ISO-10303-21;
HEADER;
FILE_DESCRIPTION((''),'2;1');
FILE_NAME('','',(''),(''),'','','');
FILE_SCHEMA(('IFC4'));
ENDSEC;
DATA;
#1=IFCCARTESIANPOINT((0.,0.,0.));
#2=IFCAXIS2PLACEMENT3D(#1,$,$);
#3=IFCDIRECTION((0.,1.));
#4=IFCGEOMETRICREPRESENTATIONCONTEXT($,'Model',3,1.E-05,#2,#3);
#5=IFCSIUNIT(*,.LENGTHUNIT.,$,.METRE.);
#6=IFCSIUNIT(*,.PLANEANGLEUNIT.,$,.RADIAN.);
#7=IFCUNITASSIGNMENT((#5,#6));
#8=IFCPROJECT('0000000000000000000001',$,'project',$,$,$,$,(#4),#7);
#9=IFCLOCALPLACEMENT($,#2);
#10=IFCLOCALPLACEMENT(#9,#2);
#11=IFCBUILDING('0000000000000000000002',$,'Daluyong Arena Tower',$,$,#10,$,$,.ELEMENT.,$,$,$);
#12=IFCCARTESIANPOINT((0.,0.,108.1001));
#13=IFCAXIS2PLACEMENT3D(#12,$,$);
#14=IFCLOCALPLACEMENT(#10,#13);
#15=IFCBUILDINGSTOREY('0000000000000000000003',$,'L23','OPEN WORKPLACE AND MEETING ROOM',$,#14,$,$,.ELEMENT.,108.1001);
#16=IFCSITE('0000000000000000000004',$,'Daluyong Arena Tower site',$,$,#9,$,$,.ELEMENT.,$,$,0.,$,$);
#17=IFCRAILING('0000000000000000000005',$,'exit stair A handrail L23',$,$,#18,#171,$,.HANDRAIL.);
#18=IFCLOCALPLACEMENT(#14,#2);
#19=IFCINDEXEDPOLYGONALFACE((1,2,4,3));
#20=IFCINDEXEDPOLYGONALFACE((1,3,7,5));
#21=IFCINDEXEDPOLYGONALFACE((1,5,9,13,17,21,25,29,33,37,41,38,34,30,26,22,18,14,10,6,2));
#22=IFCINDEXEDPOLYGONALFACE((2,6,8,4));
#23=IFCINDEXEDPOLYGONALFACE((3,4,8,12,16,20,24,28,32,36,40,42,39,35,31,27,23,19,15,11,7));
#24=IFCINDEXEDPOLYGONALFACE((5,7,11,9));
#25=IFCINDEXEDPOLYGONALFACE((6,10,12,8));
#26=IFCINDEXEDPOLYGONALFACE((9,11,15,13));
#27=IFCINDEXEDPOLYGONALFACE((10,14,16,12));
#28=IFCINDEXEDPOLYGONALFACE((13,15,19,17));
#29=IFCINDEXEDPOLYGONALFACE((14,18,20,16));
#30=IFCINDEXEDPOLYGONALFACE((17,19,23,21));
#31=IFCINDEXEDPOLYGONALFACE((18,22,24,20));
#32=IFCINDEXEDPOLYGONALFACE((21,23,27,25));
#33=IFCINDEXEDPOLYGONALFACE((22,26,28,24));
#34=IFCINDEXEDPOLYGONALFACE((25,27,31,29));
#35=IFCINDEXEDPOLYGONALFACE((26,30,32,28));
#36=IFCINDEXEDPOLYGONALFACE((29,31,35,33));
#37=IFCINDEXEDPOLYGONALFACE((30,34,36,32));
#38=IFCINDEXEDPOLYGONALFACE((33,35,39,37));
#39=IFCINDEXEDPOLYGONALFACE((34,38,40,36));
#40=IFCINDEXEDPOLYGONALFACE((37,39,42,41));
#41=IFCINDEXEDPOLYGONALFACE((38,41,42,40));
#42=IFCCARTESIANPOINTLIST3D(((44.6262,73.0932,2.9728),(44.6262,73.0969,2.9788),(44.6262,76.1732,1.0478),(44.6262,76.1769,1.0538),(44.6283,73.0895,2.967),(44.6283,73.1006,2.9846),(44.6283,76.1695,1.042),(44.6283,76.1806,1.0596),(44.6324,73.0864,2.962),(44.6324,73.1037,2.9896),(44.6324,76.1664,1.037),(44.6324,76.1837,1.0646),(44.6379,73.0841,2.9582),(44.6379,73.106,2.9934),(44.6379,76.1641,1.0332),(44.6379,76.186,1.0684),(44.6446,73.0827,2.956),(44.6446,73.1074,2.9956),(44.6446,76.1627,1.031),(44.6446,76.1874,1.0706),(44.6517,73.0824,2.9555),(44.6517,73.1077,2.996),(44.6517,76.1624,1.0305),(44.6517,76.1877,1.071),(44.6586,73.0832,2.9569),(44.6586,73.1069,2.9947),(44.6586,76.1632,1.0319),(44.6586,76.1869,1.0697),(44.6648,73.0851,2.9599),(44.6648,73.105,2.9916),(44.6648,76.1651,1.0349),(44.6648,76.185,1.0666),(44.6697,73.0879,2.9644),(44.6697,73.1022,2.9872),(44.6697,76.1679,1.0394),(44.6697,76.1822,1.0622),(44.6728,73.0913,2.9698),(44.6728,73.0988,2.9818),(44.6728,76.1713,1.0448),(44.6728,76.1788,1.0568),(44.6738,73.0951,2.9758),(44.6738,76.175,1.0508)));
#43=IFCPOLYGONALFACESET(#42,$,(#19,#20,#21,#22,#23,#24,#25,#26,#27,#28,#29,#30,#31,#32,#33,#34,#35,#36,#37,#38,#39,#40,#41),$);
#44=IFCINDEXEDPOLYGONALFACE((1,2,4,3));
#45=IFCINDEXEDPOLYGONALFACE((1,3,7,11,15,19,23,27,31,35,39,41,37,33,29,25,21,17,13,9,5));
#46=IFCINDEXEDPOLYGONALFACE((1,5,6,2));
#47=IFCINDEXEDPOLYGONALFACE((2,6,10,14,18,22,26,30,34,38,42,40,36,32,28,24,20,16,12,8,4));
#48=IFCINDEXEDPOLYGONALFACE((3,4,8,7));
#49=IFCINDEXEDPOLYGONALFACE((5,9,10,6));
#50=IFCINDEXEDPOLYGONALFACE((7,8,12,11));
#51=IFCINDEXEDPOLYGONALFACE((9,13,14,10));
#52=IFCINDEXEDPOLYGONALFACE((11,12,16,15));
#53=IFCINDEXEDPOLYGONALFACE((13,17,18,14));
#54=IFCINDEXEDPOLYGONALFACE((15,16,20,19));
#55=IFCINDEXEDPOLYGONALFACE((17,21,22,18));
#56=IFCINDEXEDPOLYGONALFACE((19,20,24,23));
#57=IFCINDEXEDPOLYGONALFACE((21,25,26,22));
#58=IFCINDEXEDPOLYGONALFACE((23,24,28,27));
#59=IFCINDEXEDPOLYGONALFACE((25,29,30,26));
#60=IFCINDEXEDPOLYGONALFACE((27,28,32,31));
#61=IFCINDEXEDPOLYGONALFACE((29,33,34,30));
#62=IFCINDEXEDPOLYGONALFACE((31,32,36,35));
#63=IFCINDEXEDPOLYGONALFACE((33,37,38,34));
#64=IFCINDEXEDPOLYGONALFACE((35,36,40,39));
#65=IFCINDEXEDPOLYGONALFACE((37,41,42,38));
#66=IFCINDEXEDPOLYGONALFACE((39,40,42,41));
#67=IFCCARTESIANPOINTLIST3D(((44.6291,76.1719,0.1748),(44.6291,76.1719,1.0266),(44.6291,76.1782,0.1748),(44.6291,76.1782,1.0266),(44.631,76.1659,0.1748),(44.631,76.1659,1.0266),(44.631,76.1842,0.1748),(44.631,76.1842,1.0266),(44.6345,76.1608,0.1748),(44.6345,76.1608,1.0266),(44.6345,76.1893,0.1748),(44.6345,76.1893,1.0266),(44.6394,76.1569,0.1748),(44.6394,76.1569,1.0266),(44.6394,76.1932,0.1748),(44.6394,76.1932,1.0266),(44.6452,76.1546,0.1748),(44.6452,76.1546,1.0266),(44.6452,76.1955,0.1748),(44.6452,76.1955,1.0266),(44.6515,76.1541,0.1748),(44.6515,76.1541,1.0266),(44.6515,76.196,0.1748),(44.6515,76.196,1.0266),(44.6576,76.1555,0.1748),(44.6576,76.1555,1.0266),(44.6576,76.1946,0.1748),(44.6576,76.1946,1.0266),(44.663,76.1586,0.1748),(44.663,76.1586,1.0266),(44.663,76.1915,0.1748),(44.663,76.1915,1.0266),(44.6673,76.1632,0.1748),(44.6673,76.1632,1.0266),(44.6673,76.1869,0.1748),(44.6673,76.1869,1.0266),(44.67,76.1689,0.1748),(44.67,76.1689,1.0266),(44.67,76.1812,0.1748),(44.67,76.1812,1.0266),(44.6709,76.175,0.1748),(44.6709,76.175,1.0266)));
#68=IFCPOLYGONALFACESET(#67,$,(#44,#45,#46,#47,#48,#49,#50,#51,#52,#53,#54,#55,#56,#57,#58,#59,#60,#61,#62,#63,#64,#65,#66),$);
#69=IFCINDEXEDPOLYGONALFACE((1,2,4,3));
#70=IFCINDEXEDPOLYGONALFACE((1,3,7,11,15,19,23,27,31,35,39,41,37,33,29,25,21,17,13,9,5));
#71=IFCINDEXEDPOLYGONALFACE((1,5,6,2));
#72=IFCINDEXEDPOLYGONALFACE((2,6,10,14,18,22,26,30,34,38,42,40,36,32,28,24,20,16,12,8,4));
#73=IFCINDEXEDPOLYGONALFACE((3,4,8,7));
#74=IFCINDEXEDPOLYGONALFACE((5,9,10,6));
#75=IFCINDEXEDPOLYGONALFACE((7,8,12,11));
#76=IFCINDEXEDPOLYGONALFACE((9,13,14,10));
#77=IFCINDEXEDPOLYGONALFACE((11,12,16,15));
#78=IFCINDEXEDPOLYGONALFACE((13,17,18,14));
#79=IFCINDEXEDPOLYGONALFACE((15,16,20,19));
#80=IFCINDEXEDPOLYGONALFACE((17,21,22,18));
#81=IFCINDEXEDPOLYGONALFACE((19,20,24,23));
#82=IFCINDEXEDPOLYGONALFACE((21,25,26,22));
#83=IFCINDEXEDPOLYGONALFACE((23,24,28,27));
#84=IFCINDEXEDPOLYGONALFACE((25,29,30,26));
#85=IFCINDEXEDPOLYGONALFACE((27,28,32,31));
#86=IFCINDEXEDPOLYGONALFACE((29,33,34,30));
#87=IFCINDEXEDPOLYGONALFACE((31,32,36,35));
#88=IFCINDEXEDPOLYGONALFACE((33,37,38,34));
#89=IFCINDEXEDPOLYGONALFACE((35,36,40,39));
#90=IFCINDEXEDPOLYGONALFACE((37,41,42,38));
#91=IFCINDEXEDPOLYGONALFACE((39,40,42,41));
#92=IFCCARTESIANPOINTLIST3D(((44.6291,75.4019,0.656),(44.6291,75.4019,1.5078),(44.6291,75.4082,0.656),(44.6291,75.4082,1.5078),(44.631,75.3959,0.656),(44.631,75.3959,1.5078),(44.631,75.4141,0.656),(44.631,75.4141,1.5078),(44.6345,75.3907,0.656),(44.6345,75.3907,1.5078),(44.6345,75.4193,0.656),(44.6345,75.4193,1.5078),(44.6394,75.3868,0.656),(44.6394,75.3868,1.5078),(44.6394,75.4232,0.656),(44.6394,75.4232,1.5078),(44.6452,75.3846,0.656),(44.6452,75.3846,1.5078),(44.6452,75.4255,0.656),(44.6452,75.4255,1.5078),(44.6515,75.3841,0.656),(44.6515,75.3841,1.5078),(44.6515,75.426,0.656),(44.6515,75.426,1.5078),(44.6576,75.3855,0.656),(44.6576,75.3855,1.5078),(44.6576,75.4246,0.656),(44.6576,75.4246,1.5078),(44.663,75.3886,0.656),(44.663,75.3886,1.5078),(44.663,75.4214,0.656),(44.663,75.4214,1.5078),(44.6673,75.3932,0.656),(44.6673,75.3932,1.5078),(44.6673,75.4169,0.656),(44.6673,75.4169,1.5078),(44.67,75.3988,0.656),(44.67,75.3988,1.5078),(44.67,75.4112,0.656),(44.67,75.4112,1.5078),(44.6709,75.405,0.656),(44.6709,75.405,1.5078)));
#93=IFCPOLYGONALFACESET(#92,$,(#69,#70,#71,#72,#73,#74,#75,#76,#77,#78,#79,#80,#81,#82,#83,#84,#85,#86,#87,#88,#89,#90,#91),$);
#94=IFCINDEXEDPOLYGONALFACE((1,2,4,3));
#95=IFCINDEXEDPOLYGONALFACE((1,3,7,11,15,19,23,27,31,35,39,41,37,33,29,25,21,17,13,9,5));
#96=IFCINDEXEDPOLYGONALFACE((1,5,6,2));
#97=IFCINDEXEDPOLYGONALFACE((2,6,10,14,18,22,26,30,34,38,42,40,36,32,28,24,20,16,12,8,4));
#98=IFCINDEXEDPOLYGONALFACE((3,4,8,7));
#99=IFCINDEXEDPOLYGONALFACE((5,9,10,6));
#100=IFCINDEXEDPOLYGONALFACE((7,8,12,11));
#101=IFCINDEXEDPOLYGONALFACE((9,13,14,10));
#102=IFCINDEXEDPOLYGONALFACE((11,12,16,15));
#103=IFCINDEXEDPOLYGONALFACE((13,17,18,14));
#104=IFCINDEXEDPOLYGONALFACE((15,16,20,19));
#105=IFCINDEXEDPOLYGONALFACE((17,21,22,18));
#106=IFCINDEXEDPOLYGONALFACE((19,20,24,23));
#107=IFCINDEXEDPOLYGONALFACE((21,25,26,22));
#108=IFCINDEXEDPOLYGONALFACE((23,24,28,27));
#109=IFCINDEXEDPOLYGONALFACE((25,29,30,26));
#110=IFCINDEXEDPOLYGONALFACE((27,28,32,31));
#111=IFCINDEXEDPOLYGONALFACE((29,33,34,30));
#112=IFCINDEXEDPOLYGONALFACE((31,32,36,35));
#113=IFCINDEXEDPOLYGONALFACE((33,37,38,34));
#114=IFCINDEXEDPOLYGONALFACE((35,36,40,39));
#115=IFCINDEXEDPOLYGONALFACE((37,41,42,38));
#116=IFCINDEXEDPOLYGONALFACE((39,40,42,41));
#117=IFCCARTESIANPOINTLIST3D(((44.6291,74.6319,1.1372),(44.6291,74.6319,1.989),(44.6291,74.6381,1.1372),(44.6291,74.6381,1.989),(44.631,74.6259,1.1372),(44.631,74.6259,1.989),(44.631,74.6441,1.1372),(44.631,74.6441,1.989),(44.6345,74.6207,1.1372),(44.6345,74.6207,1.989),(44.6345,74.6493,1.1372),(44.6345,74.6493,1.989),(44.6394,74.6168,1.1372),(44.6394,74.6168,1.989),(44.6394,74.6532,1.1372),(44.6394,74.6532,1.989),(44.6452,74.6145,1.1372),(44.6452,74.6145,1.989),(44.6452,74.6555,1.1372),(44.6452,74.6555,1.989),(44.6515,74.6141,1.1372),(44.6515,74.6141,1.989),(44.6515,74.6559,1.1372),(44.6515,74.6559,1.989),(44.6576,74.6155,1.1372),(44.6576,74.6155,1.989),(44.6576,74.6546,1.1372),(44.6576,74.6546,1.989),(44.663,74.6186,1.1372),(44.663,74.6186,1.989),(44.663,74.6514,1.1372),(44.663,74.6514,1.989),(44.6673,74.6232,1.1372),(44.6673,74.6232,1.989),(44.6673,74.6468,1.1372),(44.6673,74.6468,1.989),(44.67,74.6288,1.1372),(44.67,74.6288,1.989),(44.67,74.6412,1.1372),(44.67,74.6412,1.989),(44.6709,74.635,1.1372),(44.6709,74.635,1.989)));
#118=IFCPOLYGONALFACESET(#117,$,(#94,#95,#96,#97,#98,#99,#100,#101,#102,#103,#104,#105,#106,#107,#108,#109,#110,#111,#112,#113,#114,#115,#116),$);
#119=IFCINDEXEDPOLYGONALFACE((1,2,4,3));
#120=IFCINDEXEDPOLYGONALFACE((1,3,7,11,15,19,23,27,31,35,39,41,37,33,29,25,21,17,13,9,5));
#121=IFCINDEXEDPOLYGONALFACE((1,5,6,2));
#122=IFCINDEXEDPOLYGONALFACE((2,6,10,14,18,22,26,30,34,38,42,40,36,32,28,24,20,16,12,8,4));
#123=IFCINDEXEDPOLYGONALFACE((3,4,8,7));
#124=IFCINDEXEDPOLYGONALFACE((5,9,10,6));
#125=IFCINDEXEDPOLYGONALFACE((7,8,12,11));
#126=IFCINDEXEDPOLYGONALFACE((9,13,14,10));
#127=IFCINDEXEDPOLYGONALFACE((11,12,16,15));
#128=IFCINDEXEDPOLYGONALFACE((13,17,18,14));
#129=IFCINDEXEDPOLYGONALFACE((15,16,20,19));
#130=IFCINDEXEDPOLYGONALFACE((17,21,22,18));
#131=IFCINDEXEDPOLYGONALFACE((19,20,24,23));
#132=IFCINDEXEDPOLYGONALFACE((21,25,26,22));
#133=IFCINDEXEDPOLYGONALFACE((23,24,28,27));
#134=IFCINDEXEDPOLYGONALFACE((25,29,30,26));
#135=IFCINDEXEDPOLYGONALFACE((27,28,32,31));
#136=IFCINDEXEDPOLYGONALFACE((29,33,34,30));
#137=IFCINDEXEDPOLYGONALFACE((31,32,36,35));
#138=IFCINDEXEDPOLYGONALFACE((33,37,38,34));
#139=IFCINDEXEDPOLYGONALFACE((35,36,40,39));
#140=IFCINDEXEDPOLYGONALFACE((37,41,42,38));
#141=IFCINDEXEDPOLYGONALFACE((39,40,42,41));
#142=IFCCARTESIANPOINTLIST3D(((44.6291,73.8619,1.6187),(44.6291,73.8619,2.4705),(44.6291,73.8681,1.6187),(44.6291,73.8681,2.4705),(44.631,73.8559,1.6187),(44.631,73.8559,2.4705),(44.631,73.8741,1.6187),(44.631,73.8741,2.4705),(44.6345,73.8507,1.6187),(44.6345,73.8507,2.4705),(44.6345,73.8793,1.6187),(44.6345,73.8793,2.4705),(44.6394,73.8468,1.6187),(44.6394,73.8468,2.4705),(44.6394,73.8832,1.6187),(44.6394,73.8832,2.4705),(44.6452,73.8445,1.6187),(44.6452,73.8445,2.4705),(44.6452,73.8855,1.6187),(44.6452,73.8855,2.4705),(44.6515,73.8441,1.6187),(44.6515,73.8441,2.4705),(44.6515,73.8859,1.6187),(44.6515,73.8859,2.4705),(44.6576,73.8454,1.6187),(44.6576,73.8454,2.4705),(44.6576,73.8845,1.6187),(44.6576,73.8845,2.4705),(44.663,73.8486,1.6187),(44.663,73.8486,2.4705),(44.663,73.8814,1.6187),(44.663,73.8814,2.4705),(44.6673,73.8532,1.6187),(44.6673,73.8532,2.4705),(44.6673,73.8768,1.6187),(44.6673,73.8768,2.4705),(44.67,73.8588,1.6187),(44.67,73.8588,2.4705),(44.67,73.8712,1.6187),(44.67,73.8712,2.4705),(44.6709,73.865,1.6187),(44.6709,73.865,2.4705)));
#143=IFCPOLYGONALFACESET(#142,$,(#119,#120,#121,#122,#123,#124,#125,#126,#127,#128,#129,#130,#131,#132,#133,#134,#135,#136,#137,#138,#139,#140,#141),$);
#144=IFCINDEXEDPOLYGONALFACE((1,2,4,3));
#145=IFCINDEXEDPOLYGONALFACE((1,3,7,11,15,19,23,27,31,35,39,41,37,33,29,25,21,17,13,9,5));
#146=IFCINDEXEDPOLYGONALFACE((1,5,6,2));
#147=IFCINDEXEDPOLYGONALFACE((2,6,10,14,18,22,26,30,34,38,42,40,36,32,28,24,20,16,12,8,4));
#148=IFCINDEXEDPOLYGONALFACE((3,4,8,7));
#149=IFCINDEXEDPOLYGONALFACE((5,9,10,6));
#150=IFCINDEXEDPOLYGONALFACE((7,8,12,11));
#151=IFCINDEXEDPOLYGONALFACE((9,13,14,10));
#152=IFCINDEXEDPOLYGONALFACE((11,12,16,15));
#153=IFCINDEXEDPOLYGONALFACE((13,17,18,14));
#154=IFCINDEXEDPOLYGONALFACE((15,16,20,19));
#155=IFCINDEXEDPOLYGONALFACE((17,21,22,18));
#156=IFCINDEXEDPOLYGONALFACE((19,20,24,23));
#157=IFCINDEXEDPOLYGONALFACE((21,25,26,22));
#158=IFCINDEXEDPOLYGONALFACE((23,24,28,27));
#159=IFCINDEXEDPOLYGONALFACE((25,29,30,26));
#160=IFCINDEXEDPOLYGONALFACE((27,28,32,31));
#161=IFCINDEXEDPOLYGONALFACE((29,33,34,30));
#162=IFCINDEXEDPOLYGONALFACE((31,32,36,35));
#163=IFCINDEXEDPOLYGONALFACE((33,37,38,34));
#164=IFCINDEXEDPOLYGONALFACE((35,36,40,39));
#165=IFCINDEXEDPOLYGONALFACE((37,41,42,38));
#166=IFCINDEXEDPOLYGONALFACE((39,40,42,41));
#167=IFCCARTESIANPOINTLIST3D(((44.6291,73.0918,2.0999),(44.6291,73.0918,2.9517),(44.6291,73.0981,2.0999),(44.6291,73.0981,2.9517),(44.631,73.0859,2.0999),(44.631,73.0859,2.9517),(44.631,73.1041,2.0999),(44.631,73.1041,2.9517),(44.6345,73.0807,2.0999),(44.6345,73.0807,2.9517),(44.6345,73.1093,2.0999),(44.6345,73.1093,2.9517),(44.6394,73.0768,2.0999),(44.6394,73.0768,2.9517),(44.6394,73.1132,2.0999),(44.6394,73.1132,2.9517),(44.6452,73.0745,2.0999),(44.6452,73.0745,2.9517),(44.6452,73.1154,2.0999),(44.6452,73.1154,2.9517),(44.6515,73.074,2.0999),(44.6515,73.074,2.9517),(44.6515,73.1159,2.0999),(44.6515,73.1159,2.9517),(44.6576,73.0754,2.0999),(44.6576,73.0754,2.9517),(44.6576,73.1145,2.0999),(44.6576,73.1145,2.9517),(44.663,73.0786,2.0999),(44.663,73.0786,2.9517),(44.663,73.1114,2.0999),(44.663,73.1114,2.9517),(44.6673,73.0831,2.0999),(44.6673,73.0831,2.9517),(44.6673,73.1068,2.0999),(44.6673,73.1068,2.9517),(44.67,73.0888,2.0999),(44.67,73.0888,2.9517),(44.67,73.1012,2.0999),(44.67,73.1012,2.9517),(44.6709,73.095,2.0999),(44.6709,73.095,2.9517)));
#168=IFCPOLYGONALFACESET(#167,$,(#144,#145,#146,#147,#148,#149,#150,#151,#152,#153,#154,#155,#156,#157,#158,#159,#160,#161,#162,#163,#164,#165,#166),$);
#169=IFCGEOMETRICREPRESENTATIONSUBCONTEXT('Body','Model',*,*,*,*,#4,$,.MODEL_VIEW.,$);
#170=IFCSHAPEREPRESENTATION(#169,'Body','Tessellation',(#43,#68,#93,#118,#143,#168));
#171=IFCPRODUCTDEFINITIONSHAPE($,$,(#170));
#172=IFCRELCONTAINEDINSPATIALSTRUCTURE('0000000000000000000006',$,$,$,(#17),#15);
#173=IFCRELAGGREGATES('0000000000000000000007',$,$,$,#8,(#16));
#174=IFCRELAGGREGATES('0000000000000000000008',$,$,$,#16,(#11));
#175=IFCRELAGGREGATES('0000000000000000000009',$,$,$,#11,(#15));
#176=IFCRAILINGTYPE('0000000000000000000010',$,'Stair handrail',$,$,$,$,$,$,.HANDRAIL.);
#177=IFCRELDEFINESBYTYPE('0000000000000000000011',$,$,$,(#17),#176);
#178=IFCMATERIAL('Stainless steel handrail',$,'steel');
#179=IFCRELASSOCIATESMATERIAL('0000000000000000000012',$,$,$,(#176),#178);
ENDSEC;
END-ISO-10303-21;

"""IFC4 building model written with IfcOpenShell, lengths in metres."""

from ifc_helpers import new_model, si_unit, direction, frame, origin, origin_2d, place, context, subcontext, project, spatial, circle, extrude, material, type_object, element, save


model = new_model("IFC4")

# Units and contexts
model_context = context("Model", 3, precision=1e-05, world=origin(), true_north=direction((0.0, 1.0)))
body_context = subcontext(model_context, "Body", "Model", "MODEL_VIEW")
ifc_project = project(units=[si_unit("LENGTHUNIT", "METRE"), si_unit("PLANEANGLEUNIT", "RADIAN")], contexts=[model_context])

# Site, building, storey
site_placement = place(None, origin())
site = spatial("IfcSite", under=ifc_project, at=site_placement, Name="Daluyong Arena Tower site", CompositionType="ELEMENT", RefElevation=0.0)
building_placement = place(site_placement, origin())
building = spatial("IfcBuilding", under=site, at=building_placement, Name="Daluyong Arena Tower", CompositionType="ELEMENT")
storey_placement = place(building_placement, frame((0.0, 0.0, 108.1001)))
storey = spatial("IfcBuildingStorey", under=building, at=storey_placement, Name="L23", Description="OPEN WORKPLACE AND MEETING ROOM", CompositionType="ELEMENT", Elevation=108.1001)

# Railing
ifc_material_1 = material(Name="Stainless steel handrail", Category="steel")
railing_type_1 = type_object("IfcRailingType", Name="Stair handrail", PredefinedType="HANDRAIL", material=ifc_material_1)
railing_1_placement = place(storey_placement, frame((44.6499, 76.175, 0.1748)))
element("IfcRailing", 1, at=railing_1_placement, inside=storey, type_object=railing_type_1, Name="exit stair A handrail L23", PredefinedType="HANDRAIL", context=body_context, shape_type="SweptSolid", body=[
    extrude(circle(Radius=0.0239, at=origin_2d()), frame((0.0, 0.0, 0.876), z_axis=(0.0, -0.847998, 0.529999), x_axis=(1.0, 0.0, 0.0)), (0.0, 0.0, 1.0), 3.6321),
    extrude(circle(Radius=0.021, at=origin_2d()), origin(), (0.0, 0.0, 1.0), 0.8518),
    extrude(circle(Radius=0.021, at=origin_2d()), frame((0.0, -0.77, 0.4812)), (0.0, 0.0, 1.0), 0.8518),
    extrude(circle(Radius=0.021, at=origin_2d()), frame((0.0, -1.54, 0.9624)), (0.0, 0.0, 1.0), 0.8518),
    extrude(circle(Radius=0.021, at=origin_2d()), frame((0.0, -2.3101, 1.4438)), (0.0, 0.0, 1.0), 0.8518),
    extrude(circle(Radius=0.021, at=origin_2d()), frame((0.0, -3.0801, 1.925)), (0.0, 0.0, 1.0), 0.8518),
])

save(model, "model.ifc")
